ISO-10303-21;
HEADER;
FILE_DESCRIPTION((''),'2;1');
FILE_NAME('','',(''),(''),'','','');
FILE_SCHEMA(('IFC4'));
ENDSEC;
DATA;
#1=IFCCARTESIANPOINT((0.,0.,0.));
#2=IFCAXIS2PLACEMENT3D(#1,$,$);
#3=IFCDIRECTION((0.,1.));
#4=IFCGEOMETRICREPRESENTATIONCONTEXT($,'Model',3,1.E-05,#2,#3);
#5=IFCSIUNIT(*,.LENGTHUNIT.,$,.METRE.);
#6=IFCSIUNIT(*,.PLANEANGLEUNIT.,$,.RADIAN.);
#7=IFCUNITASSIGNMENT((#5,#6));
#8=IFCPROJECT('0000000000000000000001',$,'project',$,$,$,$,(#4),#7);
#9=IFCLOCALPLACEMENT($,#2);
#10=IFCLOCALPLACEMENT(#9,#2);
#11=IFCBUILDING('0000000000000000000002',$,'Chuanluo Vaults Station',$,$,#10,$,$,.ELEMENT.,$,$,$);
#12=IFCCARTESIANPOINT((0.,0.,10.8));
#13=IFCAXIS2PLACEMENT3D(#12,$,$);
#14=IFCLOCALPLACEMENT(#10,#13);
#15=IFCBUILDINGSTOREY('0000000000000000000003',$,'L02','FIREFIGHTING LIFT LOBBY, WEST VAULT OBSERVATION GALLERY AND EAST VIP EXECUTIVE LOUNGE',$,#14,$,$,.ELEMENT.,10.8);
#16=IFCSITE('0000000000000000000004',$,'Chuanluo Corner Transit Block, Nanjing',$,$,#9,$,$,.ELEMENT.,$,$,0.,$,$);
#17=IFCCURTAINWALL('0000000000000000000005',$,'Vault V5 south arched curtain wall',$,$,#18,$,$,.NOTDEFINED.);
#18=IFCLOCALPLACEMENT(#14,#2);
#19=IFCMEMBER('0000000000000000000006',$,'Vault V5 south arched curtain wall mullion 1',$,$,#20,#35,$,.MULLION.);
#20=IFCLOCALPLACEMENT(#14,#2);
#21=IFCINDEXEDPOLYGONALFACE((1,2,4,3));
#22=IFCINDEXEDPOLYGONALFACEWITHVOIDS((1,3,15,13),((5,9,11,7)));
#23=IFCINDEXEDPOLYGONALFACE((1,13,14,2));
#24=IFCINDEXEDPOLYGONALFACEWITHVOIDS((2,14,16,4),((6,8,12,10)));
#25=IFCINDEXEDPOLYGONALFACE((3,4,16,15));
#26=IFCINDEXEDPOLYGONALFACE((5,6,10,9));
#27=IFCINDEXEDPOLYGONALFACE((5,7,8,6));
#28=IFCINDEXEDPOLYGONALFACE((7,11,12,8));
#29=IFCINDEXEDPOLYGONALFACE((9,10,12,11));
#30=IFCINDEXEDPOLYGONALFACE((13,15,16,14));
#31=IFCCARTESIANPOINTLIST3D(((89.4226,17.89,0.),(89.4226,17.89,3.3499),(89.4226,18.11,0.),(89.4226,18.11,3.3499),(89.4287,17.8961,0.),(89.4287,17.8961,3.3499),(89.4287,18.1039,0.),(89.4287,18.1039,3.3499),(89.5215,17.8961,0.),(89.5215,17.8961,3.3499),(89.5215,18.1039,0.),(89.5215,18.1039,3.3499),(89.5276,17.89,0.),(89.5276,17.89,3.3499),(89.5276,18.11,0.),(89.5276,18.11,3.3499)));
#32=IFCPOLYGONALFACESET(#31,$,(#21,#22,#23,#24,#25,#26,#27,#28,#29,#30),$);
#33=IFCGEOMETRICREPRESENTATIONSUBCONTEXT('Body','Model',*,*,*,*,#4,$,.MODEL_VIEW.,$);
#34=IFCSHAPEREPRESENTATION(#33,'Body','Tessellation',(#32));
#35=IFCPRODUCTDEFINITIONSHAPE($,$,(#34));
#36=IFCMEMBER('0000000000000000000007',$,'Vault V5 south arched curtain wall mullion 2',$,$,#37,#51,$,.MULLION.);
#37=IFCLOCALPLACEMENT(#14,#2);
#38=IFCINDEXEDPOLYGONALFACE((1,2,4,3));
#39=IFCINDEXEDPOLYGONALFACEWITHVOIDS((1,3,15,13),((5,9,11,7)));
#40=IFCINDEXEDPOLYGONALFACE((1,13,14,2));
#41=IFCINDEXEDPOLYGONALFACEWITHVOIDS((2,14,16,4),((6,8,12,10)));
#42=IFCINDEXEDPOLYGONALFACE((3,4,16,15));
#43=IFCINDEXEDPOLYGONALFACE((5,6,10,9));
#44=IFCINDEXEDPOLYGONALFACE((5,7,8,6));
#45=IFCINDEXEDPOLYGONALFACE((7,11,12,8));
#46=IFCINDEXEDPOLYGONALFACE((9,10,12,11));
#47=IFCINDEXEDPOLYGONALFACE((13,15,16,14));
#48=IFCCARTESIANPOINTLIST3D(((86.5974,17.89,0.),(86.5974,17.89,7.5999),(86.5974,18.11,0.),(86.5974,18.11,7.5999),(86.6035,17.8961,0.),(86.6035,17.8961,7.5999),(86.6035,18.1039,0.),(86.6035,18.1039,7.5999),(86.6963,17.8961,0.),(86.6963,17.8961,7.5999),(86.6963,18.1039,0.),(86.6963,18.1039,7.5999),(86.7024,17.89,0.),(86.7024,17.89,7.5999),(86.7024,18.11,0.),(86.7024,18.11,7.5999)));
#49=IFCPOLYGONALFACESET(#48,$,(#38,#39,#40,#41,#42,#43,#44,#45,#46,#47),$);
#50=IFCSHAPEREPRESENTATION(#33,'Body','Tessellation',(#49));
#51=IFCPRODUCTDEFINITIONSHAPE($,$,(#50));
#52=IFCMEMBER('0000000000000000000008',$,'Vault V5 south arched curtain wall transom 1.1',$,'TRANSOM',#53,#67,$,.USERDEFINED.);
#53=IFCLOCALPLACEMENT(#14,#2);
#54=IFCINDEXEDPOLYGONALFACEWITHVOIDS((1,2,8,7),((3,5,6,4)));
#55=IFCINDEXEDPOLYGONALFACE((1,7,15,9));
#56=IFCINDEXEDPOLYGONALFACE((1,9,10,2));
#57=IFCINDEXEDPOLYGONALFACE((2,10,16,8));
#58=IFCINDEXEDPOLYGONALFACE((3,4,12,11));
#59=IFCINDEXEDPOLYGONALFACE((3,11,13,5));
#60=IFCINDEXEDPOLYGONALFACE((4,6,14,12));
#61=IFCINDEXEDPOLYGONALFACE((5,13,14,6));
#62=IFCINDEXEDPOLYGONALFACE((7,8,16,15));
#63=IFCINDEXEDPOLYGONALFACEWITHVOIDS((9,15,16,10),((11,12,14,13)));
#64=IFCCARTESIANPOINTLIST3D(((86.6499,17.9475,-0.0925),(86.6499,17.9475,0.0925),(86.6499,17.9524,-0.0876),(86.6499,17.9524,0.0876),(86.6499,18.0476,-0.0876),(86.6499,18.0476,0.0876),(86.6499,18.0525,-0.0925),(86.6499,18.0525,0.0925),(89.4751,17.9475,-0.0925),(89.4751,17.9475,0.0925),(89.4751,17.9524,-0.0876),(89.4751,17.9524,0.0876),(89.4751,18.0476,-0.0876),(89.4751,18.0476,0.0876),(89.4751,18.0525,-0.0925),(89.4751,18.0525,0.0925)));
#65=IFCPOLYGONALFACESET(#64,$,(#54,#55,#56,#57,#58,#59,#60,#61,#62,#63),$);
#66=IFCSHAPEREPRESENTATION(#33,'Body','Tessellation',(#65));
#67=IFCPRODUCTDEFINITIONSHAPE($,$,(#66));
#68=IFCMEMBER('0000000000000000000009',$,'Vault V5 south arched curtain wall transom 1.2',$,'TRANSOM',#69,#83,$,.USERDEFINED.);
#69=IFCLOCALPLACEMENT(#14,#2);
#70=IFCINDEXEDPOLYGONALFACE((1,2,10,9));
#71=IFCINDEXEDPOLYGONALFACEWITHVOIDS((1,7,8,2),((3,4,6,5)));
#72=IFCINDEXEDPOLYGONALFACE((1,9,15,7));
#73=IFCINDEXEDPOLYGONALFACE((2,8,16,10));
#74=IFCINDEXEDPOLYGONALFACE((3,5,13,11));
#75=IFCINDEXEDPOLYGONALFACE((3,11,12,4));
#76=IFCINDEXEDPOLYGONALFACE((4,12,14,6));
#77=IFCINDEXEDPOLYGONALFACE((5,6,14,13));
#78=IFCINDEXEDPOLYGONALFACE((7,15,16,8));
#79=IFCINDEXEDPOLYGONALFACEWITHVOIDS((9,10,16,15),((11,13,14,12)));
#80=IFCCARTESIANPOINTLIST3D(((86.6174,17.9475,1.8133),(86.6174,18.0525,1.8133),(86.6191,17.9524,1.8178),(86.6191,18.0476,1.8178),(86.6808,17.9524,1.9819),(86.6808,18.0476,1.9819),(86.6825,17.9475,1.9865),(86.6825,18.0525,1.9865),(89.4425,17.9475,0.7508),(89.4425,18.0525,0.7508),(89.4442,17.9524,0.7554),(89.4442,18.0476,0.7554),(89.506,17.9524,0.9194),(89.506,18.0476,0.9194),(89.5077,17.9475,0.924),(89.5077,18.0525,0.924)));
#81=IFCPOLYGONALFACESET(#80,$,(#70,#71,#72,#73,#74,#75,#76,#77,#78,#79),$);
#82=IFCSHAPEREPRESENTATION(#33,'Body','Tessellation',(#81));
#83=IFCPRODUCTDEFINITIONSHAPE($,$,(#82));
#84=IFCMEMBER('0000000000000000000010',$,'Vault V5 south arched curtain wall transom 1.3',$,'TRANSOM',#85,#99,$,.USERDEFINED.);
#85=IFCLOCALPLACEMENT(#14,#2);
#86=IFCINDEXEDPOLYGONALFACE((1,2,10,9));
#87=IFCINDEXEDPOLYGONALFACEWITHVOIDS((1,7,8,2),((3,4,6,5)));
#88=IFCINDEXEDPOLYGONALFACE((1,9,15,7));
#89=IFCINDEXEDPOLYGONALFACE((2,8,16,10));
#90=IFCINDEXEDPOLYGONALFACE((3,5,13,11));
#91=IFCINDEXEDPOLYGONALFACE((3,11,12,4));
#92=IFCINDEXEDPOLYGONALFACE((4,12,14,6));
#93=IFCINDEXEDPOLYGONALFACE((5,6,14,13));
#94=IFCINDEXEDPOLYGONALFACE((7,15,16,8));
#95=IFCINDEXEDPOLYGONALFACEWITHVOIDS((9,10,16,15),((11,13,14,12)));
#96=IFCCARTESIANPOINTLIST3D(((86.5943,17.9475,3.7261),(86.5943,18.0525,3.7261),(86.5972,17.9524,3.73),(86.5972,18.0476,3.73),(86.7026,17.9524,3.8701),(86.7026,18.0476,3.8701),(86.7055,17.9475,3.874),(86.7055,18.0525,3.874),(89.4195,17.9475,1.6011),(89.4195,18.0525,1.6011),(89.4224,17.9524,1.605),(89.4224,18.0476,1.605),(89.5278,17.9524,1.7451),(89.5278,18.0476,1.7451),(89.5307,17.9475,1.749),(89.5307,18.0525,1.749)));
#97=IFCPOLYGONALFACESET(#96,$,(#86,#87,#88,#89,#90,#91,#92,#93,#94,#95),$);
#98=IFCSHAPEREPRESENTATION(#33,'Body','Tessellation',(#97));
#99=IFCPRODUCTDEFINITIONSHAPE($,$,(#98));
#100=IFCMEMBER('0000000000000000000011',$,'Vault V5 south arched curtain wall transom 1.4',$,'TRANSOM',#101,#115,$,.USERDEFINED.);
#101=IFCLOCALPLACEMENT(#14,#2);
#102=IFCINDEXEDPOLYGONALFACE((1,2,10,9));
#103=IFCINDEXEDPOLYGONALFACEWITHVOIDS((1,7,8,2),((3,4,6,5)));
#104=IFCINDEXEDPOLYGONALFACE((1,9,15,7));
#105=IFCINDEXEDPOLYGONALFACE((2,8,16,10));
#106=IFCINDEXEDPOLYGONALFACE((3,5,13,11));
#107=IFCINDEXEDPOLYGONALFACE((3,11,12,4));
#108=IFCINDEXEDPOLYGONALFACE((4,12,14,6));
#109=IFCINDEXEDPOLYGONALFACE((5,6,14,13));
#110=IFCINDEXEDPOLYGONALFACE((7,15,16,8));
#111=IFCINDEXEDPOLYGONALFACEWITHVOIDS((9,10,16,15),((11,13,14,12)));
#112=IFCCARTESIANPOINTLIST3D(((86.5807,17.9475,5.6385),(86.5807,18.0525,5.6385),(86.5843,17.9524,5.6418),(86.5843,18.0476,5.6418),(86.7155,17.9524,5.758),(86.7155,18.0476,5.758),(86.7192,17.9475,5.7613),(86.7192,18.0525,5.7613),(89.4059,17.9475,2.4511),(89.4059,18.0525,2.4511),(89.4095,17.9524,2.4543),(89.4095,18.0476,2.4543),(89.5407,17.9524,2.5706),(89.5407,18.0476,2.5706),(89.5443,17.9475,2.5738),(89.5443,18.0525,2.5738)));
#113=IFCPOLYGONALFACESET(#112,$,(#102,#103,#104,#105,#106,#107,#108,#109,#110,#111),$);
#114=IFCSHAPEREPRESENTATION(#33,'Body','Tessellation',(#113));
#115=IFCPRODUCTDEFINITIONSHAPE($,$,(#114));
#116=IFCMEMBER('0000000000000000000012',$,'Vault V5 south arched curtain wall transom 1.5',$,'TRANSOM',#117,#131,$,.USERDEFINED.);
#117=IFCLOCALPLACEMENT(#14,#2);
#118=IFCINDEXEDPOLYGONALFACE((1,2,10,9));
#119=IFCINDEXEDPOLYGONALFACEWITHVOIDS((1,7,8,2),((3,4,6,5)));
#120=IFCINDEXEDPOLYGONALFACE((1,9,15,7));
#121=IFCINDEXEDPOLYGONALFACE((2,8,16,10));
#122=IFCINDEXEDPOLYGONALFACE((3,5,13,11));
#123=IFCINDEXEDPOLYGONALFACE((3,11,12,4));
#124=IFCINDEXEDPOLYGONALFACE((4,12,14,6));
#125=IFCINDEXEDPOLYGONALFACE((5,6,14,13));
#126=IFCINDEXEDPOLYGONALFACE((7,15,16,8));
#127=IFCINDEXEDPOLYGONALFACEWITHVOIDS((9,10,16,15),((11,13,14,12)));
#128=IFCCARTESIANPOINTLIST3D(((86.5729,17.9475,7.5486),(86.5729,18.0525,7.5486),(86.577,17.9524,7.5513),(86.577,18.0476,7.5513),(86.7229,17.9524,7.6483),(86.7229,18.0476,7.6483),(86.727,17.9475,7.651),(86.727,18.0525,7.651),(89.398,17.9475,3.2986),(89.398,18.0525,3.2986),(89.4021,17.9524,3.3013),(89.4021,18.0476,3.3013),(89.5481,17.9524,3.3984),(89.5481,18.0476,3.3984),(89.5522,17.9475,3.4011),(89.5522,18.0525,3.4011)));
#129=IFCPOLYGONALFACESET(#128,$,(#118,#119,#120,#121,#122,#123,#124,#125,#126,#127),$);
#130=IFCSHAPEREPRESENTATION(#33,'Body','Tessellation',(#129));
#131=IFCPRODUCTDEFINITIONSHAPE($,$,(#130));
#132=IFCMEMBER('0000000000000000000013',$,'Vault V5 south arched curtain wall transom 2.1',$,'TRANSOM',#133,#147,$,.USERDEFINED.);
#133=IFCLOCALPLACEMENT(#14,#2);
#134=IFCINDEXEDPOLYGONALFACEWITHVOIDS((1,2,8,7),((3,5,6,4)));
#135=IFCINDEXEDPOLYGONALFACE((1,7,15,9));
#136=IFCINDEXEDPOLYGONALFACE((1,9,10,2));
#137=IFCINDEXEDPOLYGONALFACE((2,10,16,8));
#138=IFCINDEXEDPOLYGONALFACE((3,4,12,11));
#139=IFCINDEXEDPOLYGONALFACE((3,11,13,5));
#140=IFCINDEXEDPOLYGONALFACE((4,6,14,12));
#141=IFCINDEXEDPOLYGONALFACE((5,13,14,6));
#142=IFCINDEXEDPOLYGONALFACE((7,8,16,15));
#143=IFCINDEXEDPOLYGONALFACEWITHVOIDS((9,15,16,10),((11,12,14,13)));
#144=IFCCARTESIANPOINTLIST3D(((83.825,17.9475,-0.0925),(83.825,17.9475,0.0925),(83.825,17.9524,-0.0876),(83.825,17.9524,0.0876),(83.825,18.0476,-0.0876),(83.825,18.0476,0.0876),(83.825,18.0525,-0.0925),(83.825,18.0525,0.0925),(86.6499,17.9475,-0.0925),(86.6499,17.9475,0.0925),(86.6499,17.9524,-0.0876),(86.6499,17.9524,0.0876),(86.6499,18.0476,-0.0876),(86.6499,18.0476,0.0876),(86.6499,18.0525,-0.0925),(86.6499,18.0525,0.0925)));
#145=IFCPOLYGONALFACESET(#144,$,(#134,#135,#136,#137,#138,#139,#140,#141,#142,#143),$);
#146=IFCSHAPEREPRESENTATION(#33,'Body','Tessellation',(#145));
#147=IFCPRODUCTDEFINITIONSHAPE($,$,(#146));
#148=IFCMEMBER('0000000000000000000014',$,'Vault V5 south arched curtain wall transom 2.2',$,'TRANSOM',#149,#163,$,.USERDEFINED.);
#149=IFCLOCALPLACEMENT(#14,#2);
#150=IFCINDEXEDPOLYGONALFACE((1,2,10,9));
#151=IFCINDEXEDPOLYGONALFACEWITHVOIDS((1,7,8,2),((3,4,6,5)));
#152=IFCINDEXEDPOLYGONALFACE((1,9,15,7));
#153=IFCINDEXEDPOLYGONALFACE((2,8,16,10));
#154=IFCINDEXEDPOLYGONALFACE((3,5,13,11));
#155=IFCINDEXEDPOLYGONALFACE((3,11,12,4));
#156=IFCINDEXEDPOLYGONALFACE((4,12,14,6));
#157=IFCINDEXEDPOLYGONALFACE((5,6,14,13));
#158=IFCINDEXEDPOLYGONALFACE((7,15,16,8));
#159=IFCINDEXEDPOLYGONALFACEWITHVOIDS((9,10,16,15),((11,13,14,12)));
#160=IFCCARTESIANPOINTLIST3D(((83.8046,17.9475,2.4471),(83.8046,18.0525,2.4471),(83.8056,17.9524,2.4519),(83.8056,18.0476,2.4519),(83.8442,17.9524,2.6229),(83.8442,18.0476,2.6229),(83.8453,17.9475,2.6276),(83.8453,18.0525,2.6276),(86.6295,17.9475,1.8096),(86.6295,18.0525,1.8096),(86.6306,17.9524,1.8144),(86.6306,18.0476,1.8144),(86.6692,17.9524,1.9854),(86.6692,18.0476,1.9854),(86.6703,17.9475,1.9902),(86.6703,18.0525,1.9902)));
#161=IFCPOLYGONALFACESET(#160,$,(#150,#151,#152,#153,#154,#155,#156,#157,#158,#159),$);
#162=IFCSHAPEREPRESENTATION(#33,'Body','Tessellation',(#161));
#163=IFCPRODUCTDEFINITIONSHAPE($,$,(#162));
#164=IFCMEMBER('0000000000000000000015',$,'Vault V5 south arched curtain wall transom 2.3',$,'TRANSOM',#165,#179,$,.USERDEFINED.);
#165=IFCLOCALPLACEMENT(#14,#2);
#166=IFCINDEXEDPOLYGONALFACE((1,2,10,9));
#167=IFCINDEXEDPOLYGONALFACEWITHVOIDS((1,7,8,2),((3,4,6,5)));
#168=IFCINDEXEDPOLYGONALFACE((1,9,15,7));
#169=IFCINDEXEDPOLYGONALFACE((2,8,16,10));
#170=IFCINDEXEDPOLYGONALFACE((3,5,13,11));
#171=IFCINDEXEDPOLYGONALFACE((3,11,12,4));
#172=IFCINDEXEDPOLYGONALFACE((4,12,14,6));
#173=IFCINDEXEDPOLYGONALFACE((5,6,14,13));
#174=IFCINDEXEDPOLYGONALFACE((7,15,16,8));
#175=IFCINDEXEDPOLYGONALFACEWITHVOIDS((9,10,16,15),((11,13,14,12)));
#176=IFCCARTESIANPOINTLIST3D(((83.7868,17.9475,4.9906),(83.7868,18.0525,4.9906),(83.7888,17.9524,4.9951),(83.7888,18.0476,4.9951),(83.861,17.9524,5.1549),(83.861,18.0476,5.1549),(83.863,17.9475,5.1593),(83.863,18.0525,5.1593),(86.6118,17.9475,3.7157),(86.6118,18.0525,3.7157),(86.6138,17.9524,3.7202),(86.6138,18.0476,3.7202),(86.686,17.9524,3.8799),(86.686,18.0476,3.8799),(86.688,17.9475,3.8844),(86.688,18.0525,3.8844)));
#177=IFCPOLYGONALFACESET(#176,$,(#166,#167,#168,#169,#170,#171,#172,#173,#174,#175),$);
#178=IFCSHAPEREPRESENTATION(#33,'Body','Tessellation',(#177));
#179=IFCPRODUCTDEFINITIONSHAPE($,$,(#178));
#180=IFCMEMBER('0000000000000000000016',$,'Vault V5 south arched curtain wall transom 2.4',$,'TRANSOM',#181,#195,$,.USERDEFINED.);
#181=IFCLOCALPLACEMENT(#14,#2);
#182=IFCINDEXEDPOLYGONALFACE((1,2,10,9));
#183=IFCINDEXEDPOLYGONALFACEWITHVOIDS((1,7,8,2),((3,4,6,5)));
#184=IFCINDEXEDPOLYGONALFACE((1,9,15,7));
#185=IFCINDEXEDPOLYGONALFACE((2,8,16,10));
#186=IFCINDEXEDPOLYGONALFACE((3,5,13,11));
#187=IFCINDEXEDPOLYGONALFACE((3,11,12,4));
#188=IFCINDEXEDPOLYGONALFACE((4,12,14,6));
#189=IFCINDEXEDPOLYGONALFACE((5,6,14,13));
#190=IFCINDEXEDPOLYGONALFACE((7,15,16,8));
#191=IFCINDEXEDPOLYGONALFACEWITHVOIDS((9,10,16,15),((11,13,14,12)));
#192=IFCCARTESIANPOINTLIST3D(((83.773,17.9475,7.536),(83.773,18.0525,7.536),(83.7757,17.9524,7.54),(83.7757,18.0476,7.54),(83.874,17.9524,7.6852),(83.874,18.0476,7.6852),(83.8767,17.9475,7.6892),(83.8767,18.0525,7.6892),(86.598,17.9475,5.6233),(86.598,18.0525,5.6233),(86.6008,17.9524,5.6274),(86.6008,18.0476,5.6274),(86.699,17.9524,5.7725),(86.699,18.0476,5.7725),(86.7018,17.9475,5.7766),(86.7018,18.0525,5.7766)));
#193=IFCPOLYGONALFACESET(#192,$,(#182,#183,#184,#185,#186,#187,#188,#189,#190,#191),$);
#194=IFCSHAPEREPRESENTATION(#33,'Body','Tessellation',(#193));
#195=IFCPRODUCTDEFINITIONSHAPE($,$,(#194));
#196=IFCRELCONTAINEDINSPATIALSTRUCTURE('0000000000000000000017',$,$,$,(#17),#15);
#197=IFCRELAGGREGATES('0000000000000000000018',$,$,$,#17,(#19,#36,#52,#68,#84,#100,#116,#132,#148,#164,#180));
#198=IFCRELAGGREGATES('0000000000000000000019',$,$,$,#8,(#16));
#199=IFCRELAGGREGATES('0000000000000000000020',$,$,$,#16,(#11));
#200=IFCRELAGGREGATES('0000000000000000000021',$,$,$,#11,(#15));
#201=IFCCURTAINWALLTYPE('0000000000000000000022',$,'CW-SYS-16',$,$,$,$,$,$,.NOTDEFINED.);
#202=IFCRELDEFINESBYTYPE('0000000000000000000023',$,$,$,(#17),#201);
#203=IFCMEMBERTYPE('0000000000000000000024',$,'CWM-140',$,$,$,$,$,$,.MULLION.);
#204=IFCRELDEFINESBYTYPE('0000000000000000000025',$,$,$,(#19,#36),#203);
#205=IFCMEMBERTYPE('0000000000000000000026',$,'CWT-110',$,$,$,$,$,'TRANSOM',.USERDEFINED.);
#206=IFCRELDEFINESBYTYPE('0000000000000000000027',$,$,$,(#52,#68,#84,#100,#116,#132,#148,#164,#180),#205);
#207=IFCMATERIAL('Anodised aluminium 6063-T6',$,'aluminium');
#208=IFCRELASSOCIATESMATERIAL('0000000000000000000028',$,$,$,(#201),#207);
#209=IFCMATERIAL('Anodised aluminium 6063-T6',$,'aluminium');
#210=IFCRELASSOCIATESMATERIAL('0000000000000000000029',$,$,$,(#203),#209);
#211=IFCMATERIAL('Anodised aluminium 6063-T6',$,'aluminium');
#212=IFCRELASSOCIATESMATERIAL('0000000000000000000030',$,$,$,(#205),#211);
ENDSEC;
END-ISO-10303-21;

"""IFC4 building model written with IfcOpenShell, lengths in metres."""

from ifc_helpers import new_model, si_unit, direction, frame, origin, origin_2d, place, context, subcontext, project, spatial, hollow_rectangle, extrude, material, material_profile, profile_set, type_object, element, aggregate, save


model = new_model("IFC4")

# Units and contexts
model_context = context("Model", 3, precision=1e-05, world=origin(), true_north=direction((0.0, 1.0)))
body_context = subcontext(model_context, "Body", "Model", "MODEL_VIEW")
ifc_project = project(units=[si_unit("LENGTHUNIT", "METRE"), si_unit("PLANEANGLEUNIT", "RADIAN")], contexts=[model_context])

# Site, building, storey
site_placement = place(None, origin())
site = spatial("IfcSite", under=ifc_project, at=site_placement, Name="Chuanluo Corner Transit Block, Nanjing", CompositionType="ELEMENT", RefElevation=0.0)
building_placement = place(site_placement, origin())
building = spatial("IfcBuilding", under=site, at=building_placement, Name="Chuanluo Vaults Station", CompositionType="ELEMENT")
storey_placement = place(building_placement, frame((0.0, 0.0, 10.8)))
storey = spatial("IfcBuildingStorey", under=building, at=storey_placement, Name="L02", Description="FIREFIGHTING LIFT LOBBY, WEST VAULT OBSERVATION GALLERY AND EAST VIP EXECUTIVE LOUNGE", CompositionType="ELEMENT", Elevation=10.8)

# Curtain wall, members
ifc_material_1 = material(Name="Anodised aluminium 6063-T6", Category="aluminium")
curtain_wall_type = type_object("IfcCurtainWallType", Name="CW-SYS-16", PredefinedType="NOTDEFINED", material=ifc_material_1)
curtain_wall_placement = place(storey_placement, origin())
curtain_wall = element("IfcCurtainWall", 1, at=curtain_wall_placement, inside=storey, type_object=curtain_wall_type, Name="Vault V5 south arched curtain wall", PredefinedType="NOTDEFINED")
ifc_material_2 = material(Name="Anodised aluminium 6063-T6", Category="aluminium")
ifc_material_profile_1 = material_profile(ifc_material_2, hollow_rectangle(XDim=0.105, YDim=0.22, WallThickness=0.0061, at=origin_2d()))
ifc_profile_set_1 = profile_set([ifc_material_profile_1], Name="Anodised aluminium 6063-T6")
member_type_1 = type_object("IfcMemberType", Name="CWM-140", PredefinedType="MULLION", material=ifc_profile_set_1)
member_1_placement = place(storey_placement, frame((89.4751, 18.0, 0.0), z_axis=(0.0, 0.0, 1.0), x_axis=(-1.0, 0.0, 0.0)))
member_1 = element("IfcMember", 2, at=member_1_placement, type_object=member_type_1, Name="Vault V5 south arched curtain wall mullion 1", PredefinedType="MULLION", context=body_context, shape_type="SweptSolid", body=[
    extrude(hollow_rectangle(XDim=0.105, YDim=0.22, WallThickness=0.0061, at=origin_2d()), origin(), (0.0, 0.0, 1.0), 3.3499),
])
member_2_placement = place(storey_placement, frame((86.6499, 18.0, 0.0), z_axis=(0.0, 0.0, 1.0), x_axis=(-1.0, 0.0, 0.0)))
member_2 = element("IfcMember", 3, at=member_2_placement, type_object=member_type_1, Name="Vault V5 south arched curtain wall mullion 2", PredefinedType="MULLION", context=body_context, shape_type="SweptSolid", body=[
    extrude(hollow_rectangle(XDim=0.105, YDim=0.22, WallThickness=0.0061, at=origin_2d()), origin(), (0.0, 0.0, 1.0), 7.5999),
])
ifc_material_3 = material(Name="Anodised aluminium 6063-T6", Category="aluminium")
ifc_material_profile_2 = material_profile(ifc_material_3, hollow_rectangle(XDim=0.105, YDim=0.1851, WallThickness=0.0049, at=origin_2d()))
ifc_profile_set_2 = profile_set([ifc_material_profile_2], Name="Anodised aluminium 6063-T6")
member_type_2 = type_object("IfcMemberType", Name="CWT-110", ElementType="TRANSOM", PredefinedType="USERDEFINED", material=ifc_profile_set_2)
member_3_placement = place(storey_placement, frame((89.4751, 18.0, 0.0), z_axis=(-1.0, 0.0, 0.0), x_axis=(0.0, -1.0, 0.0)))
member_3 = element("IfcMember", 4, at=member_3_placement, type_object=member_type_2, Name="Vault V5 south arched curtain wall transom 1.1", ObjectType="TRANSOM", PredefinedType="USERDEFINED", context=body_context, shape_type="SweptSolid", body=[
    extrude(hollow_rectangle(XDim=0.105, YDim=0.1851, WallThickness=0.0049, at=origin_2d()), origin(), (0.0, 0.0, 1.0), 2.8252),
])
member_4_placement = place(storey_placement, frame((89.4751, 18.0, 0.8374), z_axis=(-0.935996, 0.0, 0.35201), x_axis=(0.0, -1.0, 0.0)))
member_4 = element("IfcMember", 5, at=member_4_placement, type_object=member_type_2, Name="Vault V5 south arched curtain wall transom 1.2", ObjectType="TRANSOM", PredefinedType="USERDEFINED", context=body_context, shape_type="SweptSolid", body=[
    extrude(hollow_rectangle(XDim=0.105, YDim=0.1851, WallThickness=0.0049, at=origin_2d()), origin(), (0.0, 0.0, 1.0), 3.0183),
])
member_5_placement = place(storey_placement, frame((89.4751, 18.0, 1.675), z_axis=(-0.799171, 0.0, 0.601104), x_axis=(0.0, -1.0, 0.0)))
member_5 = element("IfcMember", 6, at=member_5_placement, type_object=member_type_2, Name="Vault V5 south arched curtain wall transom 1.3", ObjectType="TRANSOM", PredefinedType="USERDEFINED", context=body_context, shape_type="SweptSolid", body=[
    extrude(hollow_rectangle(XDim=0.105, YDim=0.1851, WallThickness=0.0049, at=origin_2d()), origin(), (0.0, 0.0, 1.0), 3.5352),
])
member_6_placement = place(storey_placement, frame((89.4751, 18.0, 2.5125), z_axis=(-0.663296, 0.0, 0.748357), x_axis=(0.0, -1.0, 0.0)))
member_6 = element("IfcMember", 7, at=member_6_placement, type_object=member_type_2, Name="Vault V5 south arched curtain wall transom 1.4", ObjectType="TRANSOM", PredefinedType="USERDEFINED", context=body_context, shape_type="SweptSolid", body=[
    extrude(hollow_rectangle(XDim=0.105, YDim=0.1851, WallThickness=0.0049, at=origin_2d()), origin(), (0.0, 0.0, 1.0), 4.2593),
])
member_7_placement = place(storey_placement, frame((89.4751, 18.0, 3.3499), z_axis=(-0.553596, 0.0, 0.832786), x_axis=(0.0, -1.0, 0.0)))
member_7 = element("IfcMember", 8, at=member_7_placement, type_object=member_type_2, Name="Vault V5 south arched curtain wall transom 1.5", ObjectType="TRANSOM", PredefinedType="USERDEFINED", context=body_context, shape_type="SweptSolid", body=[
    extrude(hollow_rectangle(XDim=0.105, YDim=0.1851, WallThickness=0.0049, at=origin_2d()), origin(), (0.0, 0.0, 1.0), 5.1033),
])
member_8_placement = place(storey_placement, frame((86.6499, 18.0, 0.0), z_axis=(-1.0, 0.0, 0.0), x_axis=(0.0, -1.0, 0.0)))
member_8 = element("IfcMember", 9, at=member_8_placement, type_object=member_type_2, Name="Vault V5 south arched curtain wall transom 2.1", ObjectType="TRANSOM", PredefinedType="USERDEFINED", context=body_context, shape_type="SweptSolid", body=[
    extrude(hollow_rectangle(XDim=0.105, YDim=0.1851, WallThickness=0.0049, at=origin_2d()), origin(), (0.0, 0.0, 1.0), 2.825),
])
member_9_placement = place(storey_placement, frame((86.6499, 18.0, 1.8999), z_axis=(-0.975474, 0.0, 0.220116), x_axis=(0.0, -1.0, 0.0)))
member_9 = element("IfcMember", 10, at=member_9_placement, type_object=member_type_2, Name="Vault V5 south arched curtain wall transom 2.2", ObjectType="TRANSOM", PredefinedType="USERDEFINED", context=body_context, shape_type="SweptSolid", body=[
    extrude(hollow_rectangle(XDim=0.105, YDim=0.1851, WallThickness=0.0049, at=origin_2d()), origin(), (0.0, 0.0, 1.0), 2.896),
])
member_10_placement = place(storey_placement, frame((86.6499, 18.0, 3.8), z_axis=(-0.911477, 0.0, 0.41135), x_axis=(0.0, -1.0, 0.0)))
member_10 = element("IfcMember", 11, at=member_10_placement, type_object=member_type_2, Name="Vault V5 south arched curtain wall transom 2.3", ObjectType="TRANSOM", PredefinedType="USERDEFINED", context=body_context, shape_type="SweptSolid", body=[
    extrude(hollow_rectangle(XDim=0.105, YDim=0.1851, WallThickness=0.0049, at=origin_2d()), origin(), (0.0, 0.0, 1.0), 3.0994),
])
member_11_placement = place(storey_placement, frame((86.6499, 18.0, 5.7), z_axis=(-0.828066, 0.0, 0.560631), x_axis=(0.0, -1.0, 0.0)))
member_11 = element("IfcMember", 12, at=member_11_placement, type_object=member_type_2, Name="Vault V5 south arched curtain wall transom 2.4", ObjectType="TRANSOM", PredefinedType="USERDEFINED", context=body_context, shape_type="SweptSolid", body=[
    extrude(hollow_rectangle(XDim=0.105, YDim=0.1851, WallThickness=0.0049, at=origin_2d()), origin(), (0.0, 0.0, 1.0), 3.4116),
])
aggregate(curtain_wall, [member_1, member_2, member_3, member_4, member_5, member_6, member_7, member_8, member_9, member_10, member_11])

save(model, "model.ifc")
